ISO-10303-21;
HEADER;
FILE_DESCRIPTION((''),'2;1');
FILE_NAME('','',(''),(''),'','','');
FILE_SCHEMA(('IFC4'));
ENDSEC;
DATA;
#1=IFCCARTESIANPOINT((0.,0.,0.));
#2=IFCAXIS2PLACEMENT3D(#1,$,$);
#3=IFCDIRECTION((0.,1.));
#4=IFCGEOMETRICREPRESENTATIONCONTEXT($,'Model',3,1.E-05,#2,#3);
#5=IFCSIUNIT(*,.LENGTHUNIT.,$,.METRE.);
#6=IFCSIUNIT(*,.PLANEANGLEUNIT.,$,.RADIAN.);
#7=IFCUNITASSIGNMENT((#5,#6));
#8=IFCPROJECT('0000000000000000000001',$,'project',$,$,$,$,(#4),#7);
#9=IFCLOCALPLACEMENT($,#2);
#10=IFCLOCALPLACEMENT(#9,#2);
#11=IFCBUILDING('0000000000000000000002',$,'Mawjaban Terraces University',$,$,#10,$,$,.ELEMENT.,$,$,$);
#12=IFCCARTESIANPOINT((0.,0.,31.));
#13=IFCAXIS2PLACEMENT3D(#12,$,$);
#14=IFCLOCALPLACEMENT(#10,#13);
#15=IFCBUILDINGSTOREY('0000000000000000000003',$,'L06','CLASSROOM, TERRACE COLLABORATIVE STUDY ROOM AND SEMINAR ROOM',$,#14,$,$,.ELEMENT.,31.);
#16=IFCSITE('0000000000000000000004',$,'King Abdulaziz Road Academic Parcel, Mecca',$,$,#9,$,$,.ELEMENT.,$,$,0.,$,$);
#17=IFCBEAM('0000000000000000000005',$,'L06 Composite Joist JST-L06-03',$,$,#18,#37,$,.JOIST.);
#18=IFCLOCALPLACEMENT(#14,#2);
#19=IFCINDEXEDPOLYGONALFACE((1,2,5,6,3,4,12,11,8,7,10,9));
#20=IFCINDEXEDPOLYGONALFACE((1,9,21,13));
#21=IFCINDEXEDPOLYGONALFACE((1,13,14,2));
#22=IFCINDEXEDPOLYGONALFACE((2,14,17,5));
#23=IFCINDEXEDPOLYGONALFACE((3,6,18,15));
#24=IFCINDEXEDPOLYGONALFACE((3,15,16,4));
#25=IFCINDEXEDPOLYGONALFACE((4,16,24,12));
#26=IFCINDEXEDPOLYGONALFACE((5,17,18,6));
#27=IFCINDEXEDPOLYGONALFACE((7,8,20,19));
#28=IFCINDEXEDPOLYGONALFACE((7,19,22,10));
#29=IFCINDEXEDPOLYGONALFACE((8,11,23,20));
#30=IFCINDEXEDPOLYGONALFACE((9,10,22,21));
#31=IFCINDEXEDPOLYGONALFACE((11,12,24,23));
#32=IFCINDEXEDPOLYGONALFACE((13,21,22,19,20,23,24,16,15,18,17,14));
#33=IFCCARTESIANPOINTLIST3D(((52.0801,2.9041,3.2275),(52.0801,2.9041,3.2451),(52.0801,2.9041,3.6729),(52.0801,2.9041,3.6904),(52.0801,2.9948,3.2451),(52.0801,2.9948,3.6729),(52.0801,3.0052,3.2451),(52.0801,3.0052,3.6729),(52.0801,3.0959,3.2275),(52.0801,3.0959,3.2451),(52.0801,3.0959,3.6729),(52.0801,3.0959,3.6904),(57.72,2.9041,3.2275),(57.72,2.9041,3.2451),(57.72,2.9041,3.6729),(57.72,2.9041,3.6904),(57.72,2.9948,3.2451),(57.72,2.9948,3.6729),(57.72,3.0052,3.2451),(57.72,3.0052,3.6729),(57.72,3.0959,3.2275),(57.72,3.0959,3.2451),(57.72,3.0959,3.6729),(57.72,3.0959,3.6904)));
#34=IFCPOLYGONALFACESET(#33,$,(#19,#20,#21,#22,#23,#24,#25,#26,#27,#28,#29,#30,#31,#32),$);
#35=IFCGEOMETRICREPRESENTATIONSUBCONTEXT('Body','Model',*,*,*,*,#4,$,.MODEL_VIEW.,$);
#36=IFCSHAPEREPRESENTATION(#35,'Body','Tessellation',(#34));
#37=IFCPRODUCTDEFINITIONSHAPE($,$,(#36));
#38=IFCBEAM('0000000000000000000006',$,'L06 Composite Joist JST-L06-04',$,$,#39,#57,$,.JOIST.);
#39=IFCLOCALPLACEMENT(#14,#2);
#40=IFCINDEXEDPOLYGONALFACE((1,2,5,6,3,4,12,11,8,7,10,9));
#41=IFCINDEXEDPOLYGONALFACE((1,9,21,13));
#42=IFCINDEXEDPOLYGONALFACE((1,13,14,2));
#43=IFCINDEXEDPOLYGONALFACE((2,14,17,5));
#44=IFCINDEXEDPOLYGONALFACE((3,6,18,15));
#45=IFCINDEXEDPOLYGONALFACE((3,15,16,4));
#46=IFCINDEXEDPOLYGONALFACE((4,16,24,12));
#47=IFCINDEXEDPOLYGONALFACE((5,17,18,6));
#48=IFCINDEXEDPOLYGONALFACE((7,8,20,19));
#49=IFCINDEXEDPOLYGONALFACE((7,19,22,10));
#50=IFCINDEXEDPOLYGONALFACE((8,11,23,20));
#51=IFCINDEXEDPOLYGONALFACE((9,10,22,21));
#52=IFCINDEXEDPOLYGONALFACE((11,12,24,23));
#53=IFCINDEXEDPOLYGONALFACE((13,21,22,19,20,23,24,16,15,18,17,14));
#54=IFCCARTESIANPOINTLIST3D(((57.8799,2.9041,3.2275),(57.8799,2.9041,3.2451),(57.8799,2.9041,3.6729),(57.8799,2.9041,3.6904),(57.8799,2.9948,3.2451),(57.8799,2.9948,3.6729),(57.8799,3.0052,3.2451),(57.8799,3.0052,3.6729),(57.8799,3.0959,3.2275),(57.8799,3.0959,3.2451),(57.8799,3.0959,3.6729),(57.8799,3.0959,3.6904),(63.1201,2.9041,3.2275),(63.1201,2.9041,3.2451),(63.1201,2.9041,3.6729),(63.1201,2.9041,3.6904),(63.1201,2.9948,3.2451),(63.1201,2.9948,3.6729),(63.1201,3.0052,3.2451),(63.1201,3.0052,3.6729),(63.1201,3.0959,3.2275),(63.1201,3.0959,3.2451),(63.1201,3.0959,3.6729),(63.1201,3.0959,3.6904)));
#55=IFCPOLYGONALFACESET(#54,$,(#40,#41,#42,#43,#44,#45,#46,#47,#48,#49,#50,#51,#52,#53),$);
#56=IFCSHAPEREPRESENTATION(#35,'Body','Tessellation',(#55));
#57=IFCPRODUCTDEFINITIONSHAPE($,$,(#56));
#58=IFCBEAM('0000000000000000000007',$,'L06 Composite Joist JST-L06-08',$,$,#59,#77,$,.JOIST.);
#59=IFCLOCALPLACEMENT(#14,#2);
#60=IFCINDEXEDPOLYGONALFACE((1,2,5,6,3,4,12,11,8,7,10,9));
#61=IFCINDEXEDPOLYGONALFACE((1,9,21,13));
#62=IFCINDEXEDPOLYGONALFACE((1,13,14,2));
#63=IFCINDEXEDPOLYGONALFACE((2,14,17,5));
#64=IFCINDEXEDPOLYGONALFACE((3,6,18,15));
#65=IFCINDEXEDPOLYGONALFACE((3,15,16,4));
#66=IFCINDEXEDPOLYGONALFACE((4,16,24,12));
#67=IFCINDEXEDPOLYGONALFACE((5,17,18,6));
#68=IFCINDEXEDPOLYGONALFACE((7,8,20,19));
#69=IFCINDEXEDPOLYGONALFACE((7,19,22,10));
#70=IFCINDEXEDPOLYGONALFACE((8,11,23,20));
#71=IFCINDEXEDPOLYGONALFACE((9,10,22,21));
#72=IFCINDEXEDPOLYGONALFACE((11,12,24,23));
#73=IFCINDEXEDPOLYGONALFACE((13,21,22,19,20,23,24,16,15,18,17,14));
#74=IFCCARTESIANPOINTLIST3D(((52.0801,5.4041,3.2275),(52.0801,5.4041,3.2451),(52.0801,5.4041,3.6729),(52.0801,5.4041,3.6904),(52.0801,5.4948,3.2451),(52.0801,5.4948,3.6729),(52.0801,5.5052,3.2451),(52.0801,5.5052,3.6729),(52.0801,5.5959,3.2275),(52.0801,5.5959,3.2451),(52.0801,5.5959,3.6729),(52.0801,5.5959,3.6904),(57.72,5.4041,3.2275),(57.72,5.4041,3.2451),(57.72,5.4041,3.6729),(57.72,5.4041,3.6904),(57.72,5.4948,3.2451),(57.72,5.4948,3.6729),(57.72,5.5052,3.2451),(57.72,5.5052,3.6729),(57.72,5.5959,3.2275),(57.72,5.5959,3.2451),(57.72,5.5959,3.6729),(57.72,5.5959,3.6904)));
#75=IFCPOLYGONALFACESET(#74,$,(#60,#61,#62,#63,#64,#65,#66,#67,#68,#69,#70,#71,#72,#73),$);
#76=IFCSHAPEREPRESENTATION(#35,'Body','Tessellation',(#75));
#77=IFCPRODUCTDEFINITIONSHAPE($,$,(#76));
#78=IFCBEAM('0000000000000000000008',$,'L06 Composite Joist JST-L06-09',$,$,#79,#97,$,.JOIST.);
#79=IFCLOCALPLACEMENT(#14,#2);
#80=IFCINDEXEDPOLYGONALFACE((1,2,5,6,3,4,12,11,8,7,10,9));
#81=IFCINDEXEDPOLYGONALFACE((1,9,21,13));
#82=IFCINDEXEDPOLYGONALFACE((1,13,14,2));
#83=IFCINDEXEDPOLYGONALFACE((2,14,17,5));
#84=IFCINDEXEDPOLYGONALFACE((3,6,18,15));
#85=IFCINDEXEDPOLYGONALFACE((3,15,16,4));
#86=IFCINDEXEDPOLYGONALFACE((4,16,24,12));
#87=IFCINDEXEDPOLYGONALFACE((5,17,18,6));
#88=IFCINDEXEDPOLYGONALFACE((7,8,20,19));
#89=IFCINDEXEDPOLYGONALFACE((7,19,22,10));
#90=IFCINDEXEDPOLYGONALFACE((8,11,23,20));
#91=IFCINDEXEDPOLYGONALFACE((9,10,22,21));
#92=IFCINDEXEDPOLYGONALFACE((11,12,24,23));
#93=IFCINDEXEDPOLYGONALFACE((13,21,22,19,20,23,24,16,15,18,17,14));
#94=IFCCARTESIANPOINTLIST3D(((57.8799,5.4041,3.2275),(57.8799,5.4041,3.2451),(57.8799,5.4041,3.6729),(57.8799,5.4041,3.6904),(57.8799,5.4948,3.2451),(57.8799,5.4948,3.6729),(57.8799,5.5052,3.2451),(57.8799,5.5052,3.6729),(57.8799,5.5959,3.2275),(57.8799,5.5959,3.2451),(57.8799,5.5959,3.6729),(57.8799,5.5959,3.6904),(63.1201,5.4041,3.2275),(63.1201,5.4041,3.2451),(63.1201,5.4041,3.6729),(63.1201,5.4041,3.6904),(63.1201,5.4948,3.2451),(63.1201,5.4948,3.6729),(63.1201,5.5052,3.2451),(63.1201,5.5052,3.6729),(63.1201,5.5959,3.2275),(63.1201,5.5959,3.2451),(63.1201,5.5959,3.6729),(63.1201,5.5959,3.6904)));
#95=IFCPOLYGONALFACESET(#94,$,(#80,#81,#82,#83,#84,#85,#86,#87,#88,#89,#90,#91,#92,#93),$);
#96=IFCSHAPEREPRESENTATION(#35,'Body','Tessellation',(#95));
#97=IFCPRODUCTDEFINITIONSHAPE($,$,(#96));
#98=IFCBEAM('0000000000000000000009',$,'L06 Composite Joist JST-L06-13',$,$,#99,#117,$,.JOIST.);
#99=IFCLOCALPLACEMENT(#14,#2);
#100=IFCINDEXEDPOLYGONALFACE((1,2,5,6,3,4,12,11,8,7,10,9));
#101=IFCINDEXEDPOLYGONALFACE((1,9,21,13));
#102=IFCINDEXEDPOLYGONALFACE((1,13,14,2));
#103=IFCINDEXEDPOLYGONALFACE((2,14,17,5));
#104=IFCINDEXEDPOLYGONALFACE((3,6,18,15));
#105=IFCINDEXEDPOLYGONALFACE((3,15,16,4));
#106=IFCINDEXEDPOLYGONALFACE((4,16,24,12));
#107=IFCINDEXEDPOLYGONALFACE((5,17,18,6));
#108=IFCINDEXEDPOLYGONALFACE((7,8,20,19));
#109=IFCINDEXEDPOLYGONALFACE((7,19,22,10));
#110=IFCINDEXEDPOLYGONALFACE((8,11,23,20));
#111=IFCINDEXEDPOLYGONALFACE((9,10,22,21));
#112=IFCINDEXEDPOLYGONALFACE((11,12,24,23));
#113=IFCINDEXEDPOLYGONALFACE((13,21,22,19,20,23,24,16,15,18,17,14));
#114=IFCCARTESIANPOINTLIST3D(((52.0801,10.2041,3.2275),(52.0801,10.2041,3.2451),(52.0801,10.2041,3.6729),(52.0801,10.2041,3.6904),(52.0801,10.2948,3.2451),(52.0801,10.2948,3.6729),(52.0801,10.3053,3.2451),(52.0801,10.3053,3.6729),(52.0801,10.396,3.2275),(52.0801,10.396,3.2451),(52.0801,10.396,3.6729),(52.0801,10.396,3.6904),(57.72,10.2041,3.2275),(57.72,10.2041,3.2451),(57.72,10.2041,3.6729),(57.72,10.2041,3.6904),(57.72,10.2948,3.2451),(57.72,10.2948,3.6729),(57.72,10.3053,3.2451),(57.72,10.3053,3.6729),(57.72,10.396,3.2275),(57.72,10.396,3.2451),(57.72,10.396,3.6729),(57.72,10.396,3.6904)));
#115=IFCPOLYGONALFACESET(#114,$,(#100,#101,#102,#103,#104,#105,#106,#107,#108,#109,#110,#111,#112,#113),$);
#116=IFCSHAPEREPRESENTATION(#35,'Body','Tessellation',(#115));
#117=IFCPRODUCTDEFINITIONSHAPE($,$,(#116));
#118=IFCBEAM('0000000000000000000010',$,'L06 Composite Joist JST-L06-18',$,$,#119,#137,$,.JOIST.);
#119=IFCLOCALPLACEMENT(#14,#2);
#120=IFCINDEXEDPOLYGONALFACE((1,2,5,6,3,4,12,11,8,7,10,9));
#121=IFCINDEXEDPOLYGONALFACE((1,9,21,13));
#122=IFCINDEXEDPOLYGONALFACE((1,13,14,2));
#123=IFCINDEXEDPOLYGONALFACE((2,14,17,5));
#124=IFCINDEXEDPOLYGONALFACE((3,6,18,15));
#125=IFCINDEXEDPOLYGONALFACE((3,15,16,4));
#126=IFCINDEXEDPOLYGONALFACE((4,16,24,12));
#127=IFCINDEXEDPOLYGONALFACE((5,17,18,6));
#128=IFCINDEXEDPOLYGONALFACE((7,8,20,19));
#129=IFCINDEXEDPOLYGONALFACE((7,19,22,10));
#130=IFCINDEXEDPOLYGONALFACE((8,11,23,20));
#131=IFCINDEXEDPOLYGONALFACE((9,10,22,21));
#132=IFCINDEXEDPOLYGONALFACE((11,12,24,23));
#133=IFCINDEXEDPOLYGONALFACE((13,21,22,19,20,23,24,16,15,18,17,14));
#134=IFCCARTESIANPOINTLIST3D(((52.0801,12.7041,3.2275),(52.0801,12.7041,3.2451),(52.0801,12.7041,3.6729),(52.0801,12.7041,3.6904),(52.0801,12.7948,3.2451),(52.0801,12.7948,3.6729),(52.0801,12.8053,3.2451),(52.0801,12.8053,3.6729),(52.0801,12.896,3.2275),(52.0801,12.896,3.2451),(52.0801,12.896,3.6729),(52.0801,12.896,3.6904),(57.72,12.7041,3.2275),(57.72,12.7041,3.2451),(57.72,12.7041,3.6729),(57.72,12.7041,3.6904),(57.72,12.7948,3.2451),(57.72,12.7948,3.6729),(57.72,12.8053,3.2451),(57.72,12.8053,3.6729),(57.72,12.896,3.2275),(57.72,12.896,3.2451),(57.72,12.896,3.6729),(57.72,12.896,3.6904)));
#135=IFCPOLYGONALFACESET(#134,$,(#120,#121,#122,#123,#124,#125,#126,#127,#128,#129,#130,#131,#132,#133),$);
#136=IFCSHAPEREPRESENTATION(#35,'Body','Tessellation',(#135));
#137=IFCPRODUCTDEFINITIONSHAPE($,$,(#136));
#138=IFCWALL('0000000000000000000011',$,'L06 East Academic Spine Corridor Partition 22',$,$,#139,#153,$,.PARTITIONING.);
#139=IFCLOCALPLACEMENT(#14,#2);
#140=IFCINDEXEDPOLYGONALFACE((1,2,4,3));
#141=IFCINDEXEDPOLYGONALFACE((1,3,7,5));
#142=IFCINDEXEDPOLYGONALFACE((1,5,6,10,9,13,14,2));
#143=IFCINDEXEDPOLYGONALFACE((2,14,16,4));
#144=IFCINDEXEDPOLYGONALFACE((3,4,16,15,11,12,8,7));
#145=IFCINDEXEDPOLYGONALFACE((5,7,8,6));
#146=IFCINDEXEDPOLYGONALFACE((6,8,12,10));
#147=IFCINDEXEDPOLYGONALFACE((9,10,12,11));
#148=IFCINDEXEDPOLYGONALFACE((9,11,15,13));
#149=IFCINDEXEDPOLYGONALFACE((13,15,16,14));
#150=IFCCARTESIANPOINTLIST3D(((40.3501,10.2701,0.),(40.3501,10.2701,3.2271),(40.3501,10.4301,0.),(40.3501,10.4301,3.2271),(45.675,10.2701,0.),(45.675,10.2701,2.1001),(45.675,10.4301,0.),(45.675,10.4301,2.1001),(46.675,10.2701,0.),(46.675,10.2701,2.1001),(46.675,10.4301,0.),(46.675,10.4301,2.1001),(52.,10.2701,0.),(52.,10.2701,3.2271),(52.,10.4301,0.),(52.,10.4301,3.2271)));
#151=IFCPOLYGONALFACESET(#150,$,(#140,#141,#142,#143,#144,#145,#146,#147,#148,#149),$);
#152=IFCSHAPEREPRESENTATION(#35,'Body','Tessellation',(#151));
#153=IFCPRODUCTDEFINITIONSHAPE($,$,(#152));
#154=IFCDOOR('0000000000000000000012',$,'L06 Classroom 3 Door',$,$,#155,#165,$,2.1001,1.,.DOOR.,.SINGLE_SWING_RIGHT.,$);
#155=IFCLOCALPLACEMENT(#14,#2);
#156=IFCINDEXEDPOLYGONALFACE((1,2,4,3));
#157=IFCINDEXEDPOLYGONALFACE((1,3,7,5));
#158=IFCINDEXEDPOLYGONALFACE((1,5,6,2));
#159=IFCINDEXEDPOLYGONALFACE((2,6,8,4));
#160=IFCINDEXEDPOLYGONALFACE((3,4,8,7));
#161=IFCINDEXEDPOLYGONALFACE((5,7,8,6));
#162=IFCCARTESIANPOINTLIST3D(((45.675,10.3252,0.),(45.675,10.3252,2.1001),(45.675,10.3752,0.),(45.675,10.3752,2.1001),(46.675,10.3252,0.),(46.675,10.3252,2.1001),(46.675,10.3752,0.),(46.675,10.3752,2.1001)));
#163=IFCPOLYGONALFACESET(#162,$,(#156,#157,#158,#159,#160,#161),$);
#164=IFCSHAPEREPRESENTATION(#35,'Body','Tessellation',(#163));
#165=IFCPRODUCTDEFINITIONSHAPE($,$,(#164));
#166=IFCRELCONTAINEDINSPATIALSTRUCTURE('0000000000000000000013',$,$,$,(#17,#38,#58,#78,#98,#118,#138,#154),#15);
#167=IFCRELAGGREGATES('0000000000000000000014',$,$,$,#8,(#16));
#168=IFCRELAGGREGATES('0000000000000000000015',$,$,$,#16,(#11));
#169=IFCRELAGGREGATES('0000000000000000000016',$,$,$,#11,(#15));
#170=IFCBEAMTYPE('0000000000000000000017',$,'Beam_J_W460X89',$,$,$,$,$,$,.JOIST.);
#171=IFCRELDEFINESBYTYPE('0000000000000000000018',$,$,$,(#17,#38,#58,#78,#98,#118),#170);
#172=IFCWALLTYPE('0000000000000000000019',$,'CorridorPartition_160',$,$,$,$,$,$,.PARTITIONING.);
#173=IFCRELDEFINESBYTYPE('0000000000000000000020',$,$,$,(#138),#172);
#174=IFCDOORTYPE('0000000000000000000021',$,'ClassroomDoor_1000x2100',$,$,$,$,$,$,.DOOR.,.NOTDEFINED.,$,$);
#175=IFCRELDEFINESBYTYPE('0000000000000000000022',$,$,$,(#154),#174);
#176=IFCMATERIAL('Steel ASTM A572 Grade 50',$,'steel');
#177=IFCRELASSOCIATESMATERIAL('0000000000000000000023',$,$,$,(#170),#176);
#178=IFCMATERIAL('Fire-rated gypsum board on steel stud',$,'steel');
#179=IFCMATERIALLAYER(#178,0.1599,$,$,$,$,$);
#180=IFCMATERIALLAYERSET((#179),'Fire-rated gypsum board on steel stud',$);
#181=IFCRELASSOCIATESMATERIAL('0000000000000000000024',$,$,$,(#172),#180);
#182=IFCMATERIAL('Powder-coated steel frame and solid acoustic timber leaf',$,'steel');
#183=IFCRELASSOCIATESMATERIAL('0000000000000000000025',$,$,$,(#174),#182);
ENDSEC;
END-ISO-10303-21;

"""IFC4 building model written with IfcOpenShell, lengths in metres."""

from ifc_helpers import new_model, si_unit, direction, frame, frame_2d, origin, origin_2d, place, context, subcontext, project, spatial, rectangle, i_section, extrude, material, layer, layer_set, material_profile, profile_set, type_object, element, fill, save


model = new_model("IFC4")

# Units and contexts
model_context = context("Model", 3, precision=1e-05, world=origin(), true_north=direction((0.0, 1.0)))
body_context = subcontext(model_context, "Body", "Model", "MODEL_VIEW")
ifc_project = project(units=[si_unit("LENGTHUNIT", "METRE"), si_unit("PLANEANGLEUNIT", "RADIAN")], contexts=[model_context])

# Site, building, storey
site_placement = place(None, origin())
site = spatial("IfcSite", under=ifc_project, at=site_placement, Name="King Abdulaziz Road Academic Parcel, Mecca", CompositionType="ELEMENT", RefElevation=0.0)
building_placement = place(site_placement, origin())
building = spatial("IfcBuilding", under=site, at=building_placement, Name="Mawjaban Terraces University", CompositionType="ELEMENT")
storey_placement = place(building_placement, frame((0.0, 0.0, 31.0)))
storey = spatial("IfcBuildingStorey", under=building, at=storey_placement, Name="L06", Description="CLASSROOM, TERRACE COLLABORATIVE STUDY ROOM AND SEMINAR ROOM", CompositionType="ELEMENT", Elevation=31.0)

# Beams
ifc_material_1 = material(Name="Steel ASTM A572 Grade 50", Category="steel")
ifc_material_profile_1 = material_profile(ifc_material_1, i_section(OverallWidth=0.1919, OverallDepth=0.4629, WebThickness=0.0105, FlangeThickness=0.0176, at=origin_2d()), Name="W460X89")
ifc_profile_set_1 = profile_set([ifc_material_profile_1], Name="Steel ASTM A572 Grade 50")
beam_type_1 = type_object("IfcBeamType", Name="Beam_J_W460X89", PredefinedType="JOIST", material=ifc_profile_set_1)
beam_1_placement = place(storey_placement, frame((52.0801, 3.0, 3.459), z_axis=(1.0, 0.0, 0.0), x_axis=(0.0, 1.0, 0.0)))
element("IfcBeam", 1, at=beam_1_placement, inside=storey, type_object=beam_type_1, Name="L06 Composite Joist JST-L06-03", PredefinedType="JOIST", context=body_context, shape_type="SweptSolid", body=[
    extrude(i_section(OverallWidth=0.1919, OverallDepth=0.4629, WebThickness=0.0105, FlangeThickness=0.0176, at=origin_2d()), origin(), (0.0, 0.0, 1.0), 5.6399),
])
beam_2_placement = place(storey_placement, frame((57.8799, 3.0, 3.459), z_axis=(1.0, 0.0, 0.0), x_axis=(0.0, 1.0, 0.0)))
element("IfcBeam", 2, at=beam_2_placement, inside=storey, type_object=beam_type_1, Name="L06 Composite Joist JST-L06-04", PredefinedType="JOIST", context=body_context, shape_type="SweptSolid", body=[
    extrude(i_section(OverallWidth=0.1919, OverallDepth=0.4629, WebThickness=0.0105, FlangeThickness=0.0176, at=origin_2d()), origin(), (0.0, 0.0, 1.0), 5.2402),
])
beam_3_placement = place(storey_placement, frame((52.0801, 5.5, 3.459), z_axis=(1.0, 0.0, 0.0), x_axis=(0.0, 1.0, 0.0)))
element("IfcBeam", 3, at=beam_3_placement, inside=storey, type_object=beam_type_1, Name="L06 Composite Joist JST-L06-08", PredefinedType="JOIST", context=body_context, shape_type="SweptSolid", body=[
    extrude(i_section(OverallWidth=0.1919, OverallDepth=0.4629, WebThickness=0.0105, FlangeThickness=0.0176, at=origin_2d()), origin(), (0.0, 0.0, 1.0), 5.6399),
])
beam_4_placement = place(storey_placement, frame((57.8799, 5.5, 3.459), z_axis=(1.0, 0.0, 0.0), x_axis=(0.0, 1.0, 0.0)))
element("IfcBeam", 4, at=beam_4_placement, inside=storey, type_object=beam_type_1, Name="L06 Composite Joist JST-L06-09", PredefinedType="JOIST", context=body_context, shape_type="SweptSolid", body=[
    extrude(i_section(OverallWidth=0.1919, OverallDepth=0.4629, WebThickness=0.0105, FlangeThickness=0.0176, at=origin_2d()), origin(), (0.0, 0.0, 1.0), 5.2402),
])
for number, where, z_axis, x_axis, name in (
    (5, (52.0801, 10.3, 3.459), (1.0, 0.0, 0.0), (0.0, 1.0, 0.0), "L06 Composite Joist JST-L06-13"),
    (6, (52.0801, 12.8, 3.459), (1.0, 0.0, 0.0), (0.0, 1.0, 0.0), "L06 Composite Joist JST-L06-18"),
):
    element("IfcBeam", number, at=place(storey_placement, frame(where, z_axis=z_axis, x_axis=x_axis)), inside=storey, type_object=beam_type_1, Name=name, PredefinedType="JOIST", context=body_context, shape_type="SweptSolid", body=[
        extrude(i_section(OverallWidth=0.1919, OverallDepth=0.4629, WebThickness=0.0105, FlangeThickness=0.0176, at=origin_2d()), origin(), (0.0, 0.0, 1.0), 5.6399),
    ])

# Wall, opening, door
ifc_material_2 = material(Name="Fire-rated gypsum board on steel stud", Category="steel")
ifc_layer_1 = layer(ifc_material_2, 0.1599)
ifc_layer_set_1 = layer_set([ifc_layer_1], Name="Fire-rated gypsum board on steel stud")
wall_type_1 = type_object("IfcWallType", Name="CorridorPartition_160", PredefinedType="PARTITIONING", material=ifc_layer_set_1)
wall_1_placement = place(storey_placement, frame((52.0, 10.3501, 0.0), z_axis=(0.0, 0.0, 1.0), x_axis=(-1.0, 0.0, 0.0)))
wall_1 = element("IfcWall", 7, at=wall_1_placement, inside=storey, type_object=wall_type_1, Name="L06 East Academic Spine Corridor Partition 22", PredefinedType="PARTITIONING", context=body_context, shape_type="SweptSolid", body=[
    extrude(rectangle(XDim=11.6499, YDim=0.1599, at=frame_2d((5.825, 0.0))), origin(), (0.0, 0.0, 1.0), 3.2271),
])
opening_1_placement = place(wall_1_placement, frame((5.325, 0.0, 0.0)))
opening_1 = element("IfcOpeningElement", 8, at=opening_1_placement, cuts=wall_1, PredefinedType="OPENING", context=body_context, shape_type="SweptSolid", body=[
    extrude(rectangle(XDim=1.0, YDim=2.1001, at=frame_2d((0.5, 1.05))), frame((0.0, 0.0898, 0.0), z_axis=(0.0, -1.0, 0.0), x_axis=(1.0, 0.0, 0.0)), (0.0, 0.0, 1.0), 0.1799),
])
ifc_material_3 = material(Name="Powder-coated steel frame and solid acoustic timber leaf", Category="steel")
door_type_1 = type_object("IfcDoorType", Name="ClassroomDoor_1000x2100", OperationType="NOTDEFINED", PredefinedType="DOOR", material=ifc_material_3)
door_1_placement = place(opening_1_placement, origin())
door_1 = element("IfcDoor", 9, at=door_1_placement, inside=storey, type_object=door_type_1, Name="L06 Classroom 3 Door", OperationType="SINGLE_SWING_RIGHT", OverallHeight=2.1001, OverallWidth=1.0, PredefinedType="DOOR", context=body_context, shape_type="SweptSolid", body=[
    extrude(rectangle(XDim=1.0, YDim=2.1001, at=frame_2d((0.5, 1.05))), frame((0.0, 0.0249, 0.0), z_axis=(0.0, -1.0, 0.0), x_axis=(1.0, 0.0, 0.0)), (0.0, 0.0, 1.0), 0.05),
])
fill(opening_1, door_1)

save(model, "model.ifc")
